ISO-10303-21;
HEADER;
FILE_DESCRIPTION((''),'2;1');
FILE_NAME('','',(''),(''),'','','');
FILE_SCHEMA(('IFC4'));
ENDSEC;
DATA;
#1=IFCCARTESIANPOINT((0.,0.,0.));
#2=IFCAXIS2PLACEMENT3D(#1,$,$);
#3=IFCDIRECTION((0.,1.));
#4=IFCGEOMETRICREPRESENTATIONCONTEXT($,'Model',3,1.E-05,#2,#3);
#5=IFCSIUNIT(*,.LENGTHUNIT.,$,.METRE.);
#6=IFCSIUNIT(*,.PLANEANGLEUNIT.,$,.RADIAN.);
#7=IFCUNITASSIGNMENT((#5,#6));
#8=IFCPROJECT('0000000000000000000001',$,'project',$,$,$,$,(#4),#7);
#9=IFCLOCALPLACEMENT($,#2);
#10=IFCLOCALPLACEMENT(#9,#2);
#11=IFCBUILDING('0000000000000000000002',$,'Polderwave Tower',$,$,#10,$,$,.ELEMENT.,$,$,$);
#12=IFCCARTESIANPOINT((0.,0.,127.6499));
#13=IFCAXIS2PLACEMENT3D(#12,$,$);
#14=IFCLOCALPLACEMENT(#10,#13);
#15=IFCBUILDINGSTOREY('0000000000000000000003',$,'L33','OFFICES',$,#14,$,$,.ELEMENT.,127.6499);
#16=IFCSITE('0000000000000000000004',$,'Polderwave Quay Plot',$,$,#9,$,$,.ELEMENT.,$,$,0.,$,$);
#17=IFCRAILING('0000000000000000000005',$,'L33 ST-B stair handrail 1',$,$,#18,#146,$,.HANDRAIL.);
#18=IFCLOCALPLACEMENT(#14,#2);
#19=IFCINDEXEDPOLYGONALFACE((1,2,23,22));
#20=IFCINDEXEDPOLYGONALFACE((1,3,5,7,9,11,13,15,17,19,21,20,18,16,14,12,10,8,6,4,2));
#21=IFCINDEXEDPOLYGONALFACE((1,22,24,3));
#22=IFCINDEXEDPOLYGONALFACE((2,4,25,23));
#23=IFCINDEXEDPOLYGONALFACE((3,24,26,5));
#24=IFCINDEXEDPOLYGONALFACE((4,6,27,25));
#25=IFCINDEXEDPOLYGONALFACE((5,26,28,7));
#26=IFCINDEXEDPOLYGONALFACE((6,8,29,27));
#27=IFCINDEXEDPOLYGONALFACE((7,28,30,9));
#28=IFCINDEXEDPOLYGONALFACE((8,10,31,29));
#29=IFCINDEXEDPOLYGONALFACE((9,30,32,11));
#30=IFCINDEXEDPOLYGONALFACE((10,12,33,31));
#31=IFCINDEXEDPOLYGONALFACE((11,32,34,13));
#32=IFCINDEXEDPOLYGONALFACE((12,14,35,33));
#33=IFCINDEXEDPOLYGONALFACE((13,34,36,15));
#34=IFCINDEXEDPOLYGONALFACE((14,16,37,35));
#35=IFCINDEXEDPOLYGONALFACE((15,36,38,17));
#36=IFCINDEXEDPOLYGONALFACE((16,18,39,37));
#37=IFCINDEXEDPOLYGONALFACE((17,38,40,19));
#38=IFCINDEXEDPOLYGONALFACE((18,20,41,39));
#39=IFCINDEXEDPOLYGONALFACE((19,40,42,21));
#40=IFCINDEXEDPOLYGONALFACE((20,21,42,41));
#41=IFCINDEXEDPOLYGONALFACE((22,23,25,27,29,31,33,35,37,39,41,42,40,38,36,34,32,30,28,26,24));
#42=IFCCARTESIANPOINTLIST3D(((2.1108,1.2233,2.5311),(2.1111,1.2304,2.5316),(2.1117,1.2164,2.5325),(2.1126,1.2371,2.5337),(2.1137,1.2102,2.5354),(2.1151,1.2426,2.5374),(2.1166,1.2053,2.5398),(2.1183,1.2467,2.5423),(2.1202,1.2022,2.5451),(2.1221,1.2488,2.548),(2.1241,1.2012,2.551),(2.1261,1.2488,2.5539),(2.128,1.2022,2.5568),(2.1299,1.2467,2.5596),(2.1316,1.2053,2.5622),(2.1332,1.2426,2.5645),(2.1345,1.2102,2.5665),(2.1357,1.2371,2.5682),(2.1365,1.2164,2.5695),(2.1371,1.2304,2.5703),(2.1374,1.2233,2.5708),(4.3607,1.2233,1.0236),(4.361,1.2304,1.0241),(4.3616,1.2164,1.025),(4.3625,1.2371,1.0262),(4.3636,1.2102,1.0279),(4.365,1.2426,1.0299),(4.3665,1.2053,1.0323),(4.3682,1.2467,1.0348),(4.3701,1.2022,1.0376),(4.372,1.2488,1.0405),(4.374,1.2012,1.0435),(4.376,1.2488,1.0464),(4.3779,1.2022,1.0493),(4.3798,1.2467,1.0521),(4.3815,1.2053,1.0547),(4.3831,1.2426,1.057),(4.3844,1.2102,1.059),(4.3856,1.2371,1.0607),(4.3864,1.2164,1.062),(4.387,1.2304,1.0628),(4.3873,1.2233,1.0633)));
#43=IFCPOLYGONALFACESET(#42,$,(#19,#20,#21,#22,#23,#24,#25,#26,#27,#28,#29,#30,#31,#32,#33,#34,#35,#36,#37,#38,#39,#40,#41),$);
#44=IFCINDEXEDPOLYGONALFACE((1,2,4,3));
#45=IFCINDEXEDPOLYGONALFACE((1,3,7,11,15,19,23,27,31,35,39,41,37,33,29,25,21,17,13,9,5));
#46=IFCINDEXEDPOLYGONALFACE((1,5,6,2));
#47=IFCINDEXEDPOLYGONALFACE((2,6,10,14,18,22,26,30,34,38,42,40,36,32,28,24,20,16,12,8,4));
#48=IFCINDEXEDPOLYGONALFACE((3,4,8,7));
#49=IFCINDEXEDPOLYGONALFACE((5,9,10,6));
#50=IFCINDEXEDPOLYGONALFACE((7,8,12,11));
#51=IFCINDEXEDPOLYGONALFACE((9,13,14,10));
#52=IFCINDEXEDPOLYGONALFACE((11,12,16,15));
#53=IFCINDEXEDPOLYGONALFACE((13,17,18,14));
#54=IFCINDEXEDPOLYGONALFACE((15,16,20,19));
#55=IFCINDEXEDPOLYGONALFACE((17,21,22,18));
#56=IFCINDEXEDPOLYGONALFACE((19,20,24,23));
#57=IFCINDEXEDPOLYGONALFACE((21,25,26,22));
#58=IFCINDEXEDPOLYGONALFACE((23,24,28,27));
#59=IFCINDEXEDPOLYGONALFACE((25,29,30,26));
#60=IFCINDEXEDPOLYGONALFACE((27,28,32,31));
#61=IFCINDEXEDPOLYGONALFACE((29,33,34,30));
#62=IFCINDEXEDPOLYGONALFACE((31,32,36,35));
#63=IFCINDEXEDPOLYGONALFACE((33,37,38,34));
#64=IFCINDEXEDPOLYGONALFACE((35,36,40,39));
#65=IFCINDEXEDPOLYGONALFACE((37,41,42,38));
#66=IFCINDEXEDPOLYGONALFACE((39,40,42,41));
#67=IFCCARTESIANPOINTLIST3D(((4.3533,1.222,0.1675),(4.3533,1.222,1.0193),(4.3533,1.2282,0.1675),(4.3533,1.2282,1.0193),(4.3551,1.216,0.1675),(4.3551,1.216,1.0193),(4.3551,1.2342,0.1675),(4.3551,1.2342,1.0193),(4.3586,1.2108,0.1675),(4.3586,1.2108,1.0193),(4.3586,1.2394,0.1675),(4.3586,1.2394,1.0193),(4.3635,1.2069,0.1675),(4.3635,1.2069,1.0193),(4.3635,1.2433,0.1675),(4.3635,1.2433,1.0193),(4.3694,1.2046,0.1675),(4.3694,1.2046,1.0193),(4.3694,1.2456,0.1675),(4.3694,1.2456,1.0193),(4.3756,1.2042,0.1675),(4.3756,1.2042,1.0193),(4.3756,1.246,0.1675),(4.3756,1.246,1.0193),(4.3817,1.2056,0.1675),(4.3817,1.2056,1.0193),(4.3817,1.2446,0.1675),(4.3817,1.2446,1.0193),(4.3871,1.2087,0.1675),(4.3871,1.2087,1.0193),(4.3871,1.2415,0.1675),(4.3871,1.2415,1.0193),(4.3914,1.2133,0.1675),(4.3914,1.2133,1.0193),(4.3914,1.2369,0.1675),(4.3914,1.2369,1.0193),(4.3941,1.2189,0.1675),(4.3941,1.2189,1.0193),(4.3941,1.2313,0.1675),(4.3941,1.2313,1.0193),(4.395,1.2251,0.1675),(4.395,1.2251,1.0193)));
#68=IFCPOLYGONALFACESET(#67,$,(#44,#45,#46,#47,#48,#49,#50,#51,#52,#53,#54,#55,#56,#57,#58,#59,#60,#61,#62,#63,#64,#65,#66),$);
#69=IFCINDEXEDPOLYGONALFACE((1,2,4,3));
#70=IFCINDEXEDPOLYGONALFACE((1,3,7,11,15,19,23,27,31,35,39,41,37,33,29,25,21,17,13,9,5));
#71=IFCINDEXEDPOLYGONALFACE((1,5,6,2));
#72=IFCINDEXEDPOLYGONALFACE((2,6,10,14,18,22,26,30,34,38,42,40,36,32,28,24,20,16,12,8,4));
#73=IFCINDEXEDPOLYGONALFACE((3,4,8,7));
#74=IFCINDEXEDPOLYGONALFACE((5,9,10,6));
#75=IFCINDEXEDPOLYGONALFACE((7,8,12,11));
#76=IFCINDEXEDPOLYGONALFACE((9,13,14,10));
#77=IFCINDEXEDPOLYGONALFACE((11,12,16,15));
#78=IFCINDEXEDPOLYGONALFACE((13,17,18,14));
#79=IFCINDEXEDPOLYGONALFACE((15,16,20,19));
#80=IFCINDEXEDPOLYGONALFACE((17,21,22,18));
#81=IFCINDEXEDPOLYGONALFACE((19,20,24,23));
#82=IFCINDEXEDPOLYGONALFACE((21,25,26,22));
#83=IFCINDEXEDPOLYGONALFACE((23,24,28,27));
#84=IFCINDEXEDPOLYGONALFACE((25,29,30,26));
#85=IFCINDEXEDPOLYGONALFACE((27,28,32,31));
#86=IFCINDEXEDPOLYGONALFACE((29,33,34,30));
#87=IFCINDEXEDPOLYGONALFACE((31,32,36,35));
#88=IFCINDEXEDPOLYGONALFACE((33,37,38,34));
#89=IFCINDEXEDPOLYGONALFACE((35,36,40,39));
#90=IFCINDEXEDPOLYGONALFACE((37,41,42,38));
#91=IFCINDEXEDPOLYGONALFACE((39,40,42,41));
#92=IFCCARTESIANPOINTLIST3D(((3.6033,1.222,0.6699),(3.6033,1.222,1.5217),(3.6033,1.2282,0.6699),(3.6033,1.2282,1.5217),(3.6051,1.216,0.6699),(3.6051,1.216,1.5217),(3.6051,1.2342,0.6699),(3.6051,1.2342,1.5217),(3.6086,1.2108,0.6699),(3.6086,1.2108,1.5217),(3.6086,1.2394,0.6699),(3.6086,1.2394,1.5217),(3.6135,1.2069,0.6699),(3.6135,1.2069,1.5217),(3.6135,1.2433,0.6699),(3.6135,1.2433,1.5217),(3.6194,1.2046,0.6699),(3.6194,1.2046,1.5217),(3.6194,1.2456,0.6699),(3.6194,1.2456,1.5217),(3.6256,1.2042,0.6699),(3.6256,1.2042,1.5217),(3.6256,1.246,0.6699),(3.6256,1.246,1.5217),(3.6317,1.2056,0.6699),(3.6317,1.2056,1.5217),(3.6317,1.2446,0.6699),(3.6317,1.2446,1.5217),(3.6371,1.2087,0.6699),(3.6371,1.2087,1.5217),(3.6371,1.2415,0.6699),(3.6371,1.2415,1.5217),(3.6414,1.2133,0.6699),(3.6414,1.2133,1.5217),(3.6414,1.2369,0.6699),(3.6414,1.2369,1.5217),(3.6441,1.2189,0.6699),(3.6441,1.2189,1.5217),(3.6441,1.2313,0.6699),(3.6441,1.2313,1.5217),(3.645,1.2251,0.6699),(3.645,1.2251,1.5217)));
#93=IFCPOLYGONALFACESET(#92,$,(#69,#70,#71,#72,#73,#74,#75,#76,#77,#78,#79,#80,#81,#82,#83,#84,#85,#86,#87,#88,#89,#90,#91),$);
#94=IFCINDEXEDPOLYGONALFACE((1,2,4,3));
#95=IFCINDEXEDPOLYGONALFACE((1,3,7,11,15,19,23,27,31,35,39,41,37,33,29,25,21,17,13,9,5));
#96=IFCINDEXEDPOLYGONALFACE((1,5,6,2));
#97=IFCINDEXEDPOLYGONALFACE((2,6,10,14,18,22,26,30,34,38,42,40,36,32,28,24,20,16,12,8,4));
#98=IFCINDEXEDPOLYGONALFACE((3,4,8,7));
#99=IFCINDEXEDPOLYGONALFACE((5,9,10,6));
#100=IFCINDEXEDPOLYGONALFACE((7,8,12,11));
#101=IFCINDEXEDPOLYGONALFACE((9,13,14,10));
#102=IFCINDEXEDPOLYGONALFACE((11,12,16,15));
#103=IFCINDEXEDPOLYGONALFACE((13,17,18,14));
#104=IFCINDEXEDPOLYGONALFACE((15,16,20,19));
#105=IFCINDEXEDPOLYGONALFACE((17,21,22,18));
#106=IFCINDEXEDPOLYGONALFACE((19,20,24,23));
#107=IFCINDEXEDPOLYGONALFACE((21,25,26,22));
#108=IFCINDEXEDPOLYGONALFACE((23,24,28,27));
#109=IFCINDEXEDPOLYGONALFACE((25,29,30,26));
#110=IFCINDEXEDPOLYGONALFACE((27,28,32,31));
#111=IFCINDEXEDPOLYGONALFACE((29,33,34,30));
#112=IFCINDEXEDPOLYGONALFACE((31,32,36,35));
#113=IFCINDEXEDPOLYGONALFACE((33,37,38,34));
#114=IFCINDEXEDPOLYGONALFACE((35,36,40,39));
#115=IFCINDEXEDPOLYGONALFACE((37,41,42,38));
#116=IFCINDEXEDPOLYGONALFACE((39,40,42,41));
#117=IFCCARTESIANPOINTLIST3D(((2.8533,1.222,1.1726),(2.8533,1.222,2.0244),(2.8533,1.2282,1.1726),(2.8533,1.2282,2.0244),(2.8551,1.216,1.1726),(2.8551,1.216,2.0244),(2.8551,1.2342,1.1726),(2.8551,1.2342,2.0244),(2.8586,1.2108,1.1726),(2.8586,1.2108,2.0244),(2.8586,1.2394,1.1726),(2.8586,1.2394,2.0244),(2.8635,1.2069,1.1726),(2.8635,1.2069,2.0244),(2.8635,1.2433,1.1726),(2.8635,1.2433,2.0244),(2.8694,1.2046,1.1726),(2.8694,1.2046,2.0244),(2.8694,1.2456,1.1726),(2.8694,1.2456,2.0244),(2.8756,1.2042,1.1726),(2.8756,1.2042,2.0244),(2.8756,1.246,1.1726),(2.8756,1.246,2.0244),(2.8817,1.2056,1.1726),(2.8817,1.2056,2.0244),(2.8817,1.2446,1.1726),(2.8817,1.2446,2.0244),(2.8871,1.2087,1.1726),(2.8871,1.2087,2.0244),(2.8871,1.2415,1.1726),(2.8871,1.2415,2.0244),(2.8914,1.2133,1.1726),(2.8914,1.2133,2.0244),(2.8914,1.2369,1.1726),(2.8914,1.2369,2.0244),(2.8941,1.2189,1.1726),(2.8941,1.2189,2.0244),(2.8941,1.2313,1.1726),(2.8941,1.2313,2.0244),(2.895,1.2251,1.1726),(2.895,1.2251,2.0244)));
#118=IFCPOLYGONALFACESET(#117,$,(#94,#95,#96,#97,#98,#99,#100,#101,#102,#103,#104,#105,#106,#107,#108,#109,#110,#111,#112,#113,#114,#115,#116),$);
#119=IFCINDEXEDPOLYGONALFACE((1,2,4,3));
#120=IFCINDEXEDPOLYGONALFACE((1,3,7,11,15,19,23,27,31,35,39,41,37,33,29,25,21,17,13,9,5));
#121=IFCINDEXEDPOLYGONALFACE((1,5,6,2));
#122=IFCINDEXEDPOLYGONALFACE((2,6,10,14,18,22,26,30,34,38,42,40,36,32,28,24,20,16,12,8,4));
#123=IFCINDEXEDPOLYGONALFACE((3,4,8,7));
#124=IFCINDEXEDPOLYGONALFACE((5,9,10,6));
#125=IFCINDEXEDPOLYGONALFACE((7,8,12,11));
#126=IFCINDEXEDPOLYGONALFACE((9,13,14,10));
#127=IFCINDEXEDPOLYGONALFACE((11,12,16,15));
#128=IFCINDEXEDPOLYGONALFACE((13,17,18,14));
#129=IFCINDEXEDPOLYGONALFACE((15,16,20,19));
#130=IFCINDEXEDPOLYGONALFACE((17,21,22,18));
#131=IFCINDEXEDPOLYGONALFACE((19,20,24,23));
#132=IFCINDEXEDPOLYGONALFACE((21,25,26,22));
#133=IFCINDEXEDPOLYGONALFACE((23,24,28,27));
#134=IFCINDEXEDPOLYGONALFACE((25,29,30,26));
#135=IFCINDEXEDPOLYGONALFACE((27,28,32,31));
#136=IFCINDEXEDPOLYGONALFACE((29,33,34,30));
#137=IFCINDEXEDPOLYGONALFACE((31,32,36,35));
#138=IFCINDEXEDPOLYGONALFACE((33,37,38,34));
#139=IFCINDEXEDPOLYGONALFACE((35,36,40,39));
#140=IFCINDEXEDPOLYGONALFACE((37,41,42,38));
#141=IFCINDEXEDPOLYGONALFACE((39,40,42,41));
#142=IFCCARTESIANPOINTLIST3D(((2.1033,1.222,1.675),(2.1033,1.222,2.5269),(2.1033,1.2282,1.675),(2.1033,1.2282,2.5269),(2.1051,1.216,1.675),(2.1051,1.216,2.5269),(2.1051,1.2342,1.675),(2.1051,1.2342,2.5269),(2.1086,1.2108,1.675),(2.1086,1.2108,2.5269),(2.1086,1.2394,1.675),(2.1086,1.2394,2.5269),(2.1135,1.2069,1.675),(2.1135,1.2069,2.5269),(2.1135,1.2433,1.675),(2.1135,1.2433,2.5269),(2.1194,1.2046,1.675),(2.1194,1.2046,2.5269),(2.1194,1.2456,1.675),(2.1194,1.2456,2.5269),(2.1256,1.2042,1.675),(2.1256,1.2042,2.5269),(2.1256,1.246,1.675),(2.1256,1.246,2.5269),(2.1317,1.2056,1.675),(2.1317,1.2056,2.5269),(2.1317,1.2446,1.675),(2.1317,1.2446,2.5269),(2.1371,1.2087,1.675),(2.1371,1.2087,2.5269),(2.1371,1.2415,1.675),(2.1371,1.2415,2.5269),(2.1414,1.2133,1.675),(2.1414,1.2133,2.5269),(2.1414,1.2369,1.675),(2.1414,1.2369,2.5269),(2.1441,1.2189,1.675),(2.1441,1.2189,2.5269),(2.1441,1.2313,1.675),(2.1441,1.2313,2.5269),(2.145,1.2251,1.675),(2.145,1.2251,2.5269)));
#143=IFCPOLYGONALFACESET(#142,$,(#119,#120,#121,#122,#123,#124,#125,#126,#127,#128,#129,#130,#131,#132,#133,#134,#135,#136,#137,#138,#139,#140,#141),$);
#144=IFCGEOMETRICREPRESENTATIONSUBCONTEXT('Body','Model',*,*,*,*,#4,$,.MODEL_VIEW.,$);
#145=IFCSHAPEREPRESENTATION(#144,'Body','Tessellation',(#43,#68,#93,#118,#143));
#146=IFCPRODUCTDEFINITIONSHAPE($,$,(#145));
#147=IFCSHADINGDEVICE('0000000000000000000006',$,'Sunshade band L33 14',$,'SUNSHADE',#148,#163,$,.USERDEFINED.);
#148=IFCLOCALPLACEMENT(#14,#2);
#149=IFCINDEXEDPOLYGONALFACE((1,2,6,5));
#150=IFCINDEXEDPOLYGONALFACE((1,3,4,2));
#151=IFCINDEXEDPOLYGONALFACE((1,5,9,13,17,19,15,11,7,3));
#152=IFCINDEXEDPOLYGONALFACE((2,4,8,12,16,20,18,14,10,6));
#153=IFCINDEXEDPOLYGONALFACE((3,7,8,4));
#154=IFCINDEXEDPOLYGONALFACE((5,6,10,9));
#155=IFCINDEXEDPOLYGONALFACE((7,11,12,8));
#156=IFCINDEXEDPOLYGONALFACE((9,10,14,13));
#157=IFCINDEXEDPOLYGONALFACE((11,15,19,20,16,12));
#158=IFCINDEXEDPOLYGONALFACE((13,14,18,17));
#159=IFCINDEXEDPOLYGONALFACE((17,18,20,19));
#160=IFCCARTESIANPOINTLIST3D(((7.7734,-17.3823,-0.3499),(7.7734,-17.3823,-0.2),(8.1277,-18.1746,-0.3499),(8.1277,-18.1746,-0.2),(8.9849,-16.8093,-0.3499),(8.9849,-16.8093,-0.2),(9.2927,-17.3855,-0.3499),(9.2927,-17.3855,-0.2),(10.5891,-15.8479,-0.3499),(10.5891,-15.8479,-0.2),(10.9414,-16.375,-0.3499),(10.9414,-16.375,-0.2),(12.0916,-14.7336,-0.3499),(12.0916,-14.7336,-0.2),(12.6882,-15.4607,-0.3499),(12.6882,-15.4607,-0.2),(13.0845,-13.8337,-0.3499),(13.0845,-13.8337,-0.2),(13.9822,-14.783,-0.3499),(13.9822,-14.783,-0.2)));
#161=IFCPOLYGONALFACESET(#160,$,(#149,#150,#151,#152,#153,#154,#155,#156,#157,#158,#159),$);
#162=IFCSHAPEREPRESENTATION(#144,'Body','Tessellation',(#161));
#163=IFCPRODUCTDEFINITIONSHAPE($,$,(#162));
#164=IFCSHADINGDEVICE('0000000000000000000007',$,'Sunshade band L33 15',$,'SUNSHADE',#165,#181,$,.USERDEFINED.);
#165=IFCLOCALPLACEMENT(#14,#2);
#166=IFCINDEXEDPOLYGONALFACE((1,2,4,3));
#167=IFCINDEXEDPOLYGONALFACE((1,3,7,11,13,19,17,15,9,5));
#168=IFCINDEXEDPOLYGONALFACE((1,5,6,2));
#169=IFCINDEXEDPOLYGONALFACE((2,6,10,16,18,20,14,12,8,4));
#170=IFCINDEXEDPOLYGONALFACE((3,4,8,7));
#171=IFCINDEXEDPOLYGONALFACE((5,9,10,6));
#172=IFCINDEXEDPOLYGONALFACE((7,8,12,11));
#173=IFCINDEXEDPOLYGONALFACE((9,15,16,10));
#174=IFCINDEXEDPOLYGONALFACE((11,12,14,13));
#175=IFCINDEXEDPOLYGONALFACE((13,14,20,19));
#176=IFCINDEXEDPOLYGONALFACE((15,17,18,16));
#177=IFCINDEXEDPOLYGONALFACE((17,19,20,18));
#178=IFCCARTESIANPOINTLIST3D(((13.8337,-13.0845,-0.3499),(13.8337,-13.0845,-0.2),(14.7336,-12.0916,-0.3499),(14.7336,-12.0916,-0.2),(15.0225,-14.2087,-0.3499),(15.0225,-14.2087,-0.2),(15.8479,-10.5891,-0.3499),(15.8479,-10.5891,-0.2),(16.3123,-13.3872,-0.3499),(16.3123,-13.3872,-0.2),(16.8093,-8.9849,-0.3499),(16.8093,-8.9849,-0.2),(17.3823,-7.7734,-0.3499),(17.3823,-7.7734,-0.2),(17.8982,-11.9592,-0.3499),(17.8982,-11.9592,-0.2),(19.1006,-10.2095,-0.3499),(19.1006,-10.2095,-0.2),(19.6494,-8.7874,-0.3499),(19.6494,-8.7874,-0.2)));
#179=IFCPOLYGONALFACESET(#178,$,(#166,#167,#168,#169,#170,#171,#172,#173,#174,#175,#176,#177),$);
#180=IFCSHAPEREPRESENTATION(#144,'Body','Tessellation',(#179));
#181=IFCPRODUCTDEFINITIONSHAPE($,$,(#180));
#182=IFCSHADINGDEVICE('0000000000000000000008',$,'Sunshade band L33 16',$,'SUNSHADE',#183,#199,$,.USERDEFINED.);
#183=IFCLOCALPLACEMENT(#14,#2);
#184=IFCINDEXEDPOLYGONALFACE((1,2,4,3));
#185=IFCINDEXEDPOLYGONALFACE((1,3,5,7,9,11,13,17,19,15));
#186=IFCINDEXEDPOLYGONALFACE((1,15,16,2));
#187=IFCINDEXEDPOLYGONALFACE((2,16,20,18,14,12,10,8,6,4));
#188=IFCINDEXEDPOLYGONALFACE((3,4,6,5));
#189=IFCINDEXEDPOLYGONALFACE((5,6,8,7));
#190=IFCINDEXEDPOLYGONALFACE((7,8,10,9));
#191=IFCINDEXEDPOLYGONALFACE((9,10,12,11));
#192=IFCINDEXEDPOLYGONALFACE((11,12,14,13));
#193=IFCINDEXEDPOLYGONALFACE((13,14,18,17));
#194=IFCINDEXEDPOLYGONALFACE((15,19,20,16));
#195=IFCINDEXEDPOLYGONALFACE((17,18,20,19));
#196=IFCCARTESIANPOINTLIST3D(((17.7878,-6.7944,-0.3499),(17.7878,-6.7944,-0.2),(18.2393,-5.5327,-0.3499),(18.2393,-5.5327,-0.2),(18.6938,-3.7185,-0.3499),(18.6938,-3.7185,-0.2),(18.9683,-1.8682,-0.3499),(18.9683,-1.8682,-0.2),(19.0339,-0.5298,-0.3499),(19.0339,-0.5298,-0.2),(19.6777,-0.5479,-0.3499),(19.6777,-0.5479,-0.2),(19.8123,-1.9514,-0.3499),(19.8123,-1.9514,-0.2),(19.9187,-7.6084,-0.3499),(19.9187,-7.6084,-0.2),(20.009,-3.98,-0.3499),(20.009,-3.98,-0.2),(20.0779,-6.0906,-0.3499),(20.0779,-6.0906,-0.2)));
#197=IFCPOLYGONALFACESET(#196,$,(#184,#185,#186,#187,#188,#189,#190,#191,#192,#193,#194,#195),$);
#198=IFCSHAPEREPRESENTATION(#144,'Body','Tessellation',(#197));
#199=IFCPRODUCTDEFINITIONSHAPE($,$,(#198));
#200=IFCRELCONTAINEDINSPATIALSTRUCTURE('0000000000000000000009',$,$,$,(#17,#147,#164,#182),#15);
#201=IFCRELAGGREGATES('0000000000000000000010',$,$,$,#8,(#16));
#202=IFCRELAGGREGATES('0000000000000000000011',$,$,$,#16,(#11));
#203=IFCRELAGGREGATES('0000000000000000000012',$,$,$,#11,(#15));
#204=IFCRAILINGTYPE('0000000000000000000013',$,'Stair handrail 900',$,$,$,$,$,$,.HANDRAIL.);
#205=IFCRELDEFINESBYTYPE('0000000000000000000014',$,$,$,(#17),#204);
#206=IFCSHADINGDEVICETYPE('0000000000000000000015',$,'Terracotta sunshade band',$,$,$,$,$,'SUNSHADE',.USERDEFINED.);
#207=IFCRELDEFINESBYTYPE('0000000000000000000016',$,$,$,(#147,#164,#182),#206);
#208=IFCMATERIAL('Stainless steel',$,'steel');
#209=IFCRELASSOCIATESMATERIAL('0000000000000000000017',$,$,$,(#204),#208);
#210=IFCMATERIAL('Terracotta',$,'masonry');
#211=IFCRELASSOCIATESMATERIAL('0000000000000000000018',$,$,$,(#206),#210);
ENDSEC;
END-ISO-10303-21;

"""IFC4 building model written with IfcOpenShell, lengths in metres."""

from ifc_helpers import new_model, si_unit, direction, frame, origin, origin_2d, place, context, subcontext, project, spatial, polyline, circle, outline, extrude, material, type_object, element, save


model = new_model("IFC4")

# Units and contexts
model_context = context("Model", 3, precision=1e-05, world=origin(), true_north=direction((0.0, 1.0)))
body_context = subcontext(model_context, "Body", "Model", "MODEL_VIEW")
ifc_project = project(units=[si_unit("LENGTHUNIT", "METRE"), si_unit("PLANEANGLEUNIT", "RADIAN")], contexts=[model_context])

# Site, building, storey
site_placement = place(None, origin())
site = spatial("IfcSite", under=ifc_project, at=site_placement, Name="Polderwave Quay Plot", CompositionType="ELEMENT", RefElevation=0.0)
building_placement = place(site_placement, origin())
building = spatial("IfcBuilding", under=site, at=building_placement, Name="Polderwave Tower", CompositionType="ELEMENT")
storey_placement = place(building_placement, frame((0.0, 0.0, 127.6499)))
storey = spatial("IfcBuildingStorey", under=building, at=storey_placement, Name="L33", Description="OFFICES", CompositionType="ELEMENT", Elevation=127.6499)

# Shared definitions
ifc_material_1 = material(Name="Stainless steel", Category="steel")

# Railing
railing_type_1 = type_object("IfcRailingType", Name="Stair handrail 900", PredefinedType="HANDRAIL", material=ifc_material_1)
railing_1_placement = place(storey_placement, frame((4.374, 1.2251, 0.1675)))
element("IfcRailing", 1, at=railing_1_placement, inside=storey, type_object=railing_type_1, Name="L33 ST-B stair handrail 1", PredefinedType="HANDRAIL", context=body_context, shape_type="SweptSolid", body=[
    extrude(circle(Radius=0.0239, at=origin_2d()), frame((0.0, 0.0, 0.876), z_axis=(-0.830758, 0.0, 0.556633), x_axis=(0.0, -1.0, 0.0)), (0.0, 0.0, 1.0), 2.7083),
    extrude(circle(Radius=0.021, at=origin_2d()), origin(), (0.0, 0.0, 1.0), 0.8518),
    extrude(circle(Radius=0.021, at=origin_2d()), frame((-0.75, 0.0, 0.5024)), (0.0, 0.0, 1.0), 0.8518),
    extrude(circle(Radius=0.021, at=origin_2d()), frame((-1.5, 0.0, 1.0051)), (0.0, 0.0, 1.0), 0.8518),
    extrude(circle(Radius=0.021, at=origin_2d()), frame((-2.25, 0.0, 1.5076)), (0.0, 0.0, 1.0), 0.8518),
])

# Shading devices
ifc_material_2 = material(Name="Terracotta", Category="masonry")
shading_device_type = type_object("IfcShadingDeviceType", Name="Terracotta sunshade band", ElementType="SUNSHADE", PredefinedType="USERDEFINED", material=ifc_material_2)
shading_device_1_placement = place(storey_placement, frame((0.0, 0.0, -0.3499)))
element("IfcShadingDevice", 2, at=shading_device_1_placement, inside=storey, type_object=shading_device_type, Name="Sunshade band L33 14", ObjectType="SUNSHADE", PredefinedType="USERDEFINED", context=body_context, shape_type="SweptSolid", body=[
    extrude(outline(polyline([(7.7734, -17.3823), (8.9849, -16.8093), (10.5891, -15.8479), (12.0916, -14.7336), (13.0845, -13.8337), (13.9822, -14.783), (12.6882, -15.4607), (10.9414, -16.375), (9.2927, -17.3855), (8.1277, -18.1746), (7.7734, -17.3823)])), origin(), (0.0, 0.0, 1.0), 0.1499),
])
shading_device_2_placement = place(storey_placement, frame((0.0, 0.0, -0.3499)))
element("IfcShadingDevice", 3, at=shading_device_2_placement, inside=storey, type_object=shading_device_type, Name="Sunshade band L33 15", ObjectType="SUNSHADE", PredefinedType="USERDEFINED", context=body_context, shape_type="SweptSolid", body=[
    extrude(outline(polyline([(13.8337, -13.0845), (14.7336, -12.0916), (15.8479, -10.5891), (16.8093, -8.9849), (17.3823, -7.7734), (19.6494, -8.7874), (19.1006, -10.2095), (17.8982, -11.9592), (16.3123, -13.3872), (15.0225, -14.2087), (13.8337, -13.0845)])), origin(), (0.0, 0.0, 1.0), 0.1499),
])
shading_device_3_placement = place(storey_placement, frame((0.0, 0.0, -0.3499)))
element("IfcShadingDevice", 4, at=shading_device_3_placement, inside=storey, type_object=shading_device_type, Name="Sunshade band L33 16", ObjectType="SUNSHADE", PredefinedType="USERDEFINED", context=body_context, shape_type="SweptSolid", body=[
    extrude(outline(polyline([(17.7878, -6.7944), (18.2393, -5.5327), (18.6938, -3.7185), (18.9683, -1.8682), (19.0339, -0.5298), (19.6777, -0.5479), (19.8123, -1.9514), (20.009, -3.98), (20.0779, -6.0906), (19.9187, -7.6084), (17.7878, -6.7944)])), origin(), (0.0, 0.0, 1.0), 0.1499),
])

save(model, "model.ifc")
